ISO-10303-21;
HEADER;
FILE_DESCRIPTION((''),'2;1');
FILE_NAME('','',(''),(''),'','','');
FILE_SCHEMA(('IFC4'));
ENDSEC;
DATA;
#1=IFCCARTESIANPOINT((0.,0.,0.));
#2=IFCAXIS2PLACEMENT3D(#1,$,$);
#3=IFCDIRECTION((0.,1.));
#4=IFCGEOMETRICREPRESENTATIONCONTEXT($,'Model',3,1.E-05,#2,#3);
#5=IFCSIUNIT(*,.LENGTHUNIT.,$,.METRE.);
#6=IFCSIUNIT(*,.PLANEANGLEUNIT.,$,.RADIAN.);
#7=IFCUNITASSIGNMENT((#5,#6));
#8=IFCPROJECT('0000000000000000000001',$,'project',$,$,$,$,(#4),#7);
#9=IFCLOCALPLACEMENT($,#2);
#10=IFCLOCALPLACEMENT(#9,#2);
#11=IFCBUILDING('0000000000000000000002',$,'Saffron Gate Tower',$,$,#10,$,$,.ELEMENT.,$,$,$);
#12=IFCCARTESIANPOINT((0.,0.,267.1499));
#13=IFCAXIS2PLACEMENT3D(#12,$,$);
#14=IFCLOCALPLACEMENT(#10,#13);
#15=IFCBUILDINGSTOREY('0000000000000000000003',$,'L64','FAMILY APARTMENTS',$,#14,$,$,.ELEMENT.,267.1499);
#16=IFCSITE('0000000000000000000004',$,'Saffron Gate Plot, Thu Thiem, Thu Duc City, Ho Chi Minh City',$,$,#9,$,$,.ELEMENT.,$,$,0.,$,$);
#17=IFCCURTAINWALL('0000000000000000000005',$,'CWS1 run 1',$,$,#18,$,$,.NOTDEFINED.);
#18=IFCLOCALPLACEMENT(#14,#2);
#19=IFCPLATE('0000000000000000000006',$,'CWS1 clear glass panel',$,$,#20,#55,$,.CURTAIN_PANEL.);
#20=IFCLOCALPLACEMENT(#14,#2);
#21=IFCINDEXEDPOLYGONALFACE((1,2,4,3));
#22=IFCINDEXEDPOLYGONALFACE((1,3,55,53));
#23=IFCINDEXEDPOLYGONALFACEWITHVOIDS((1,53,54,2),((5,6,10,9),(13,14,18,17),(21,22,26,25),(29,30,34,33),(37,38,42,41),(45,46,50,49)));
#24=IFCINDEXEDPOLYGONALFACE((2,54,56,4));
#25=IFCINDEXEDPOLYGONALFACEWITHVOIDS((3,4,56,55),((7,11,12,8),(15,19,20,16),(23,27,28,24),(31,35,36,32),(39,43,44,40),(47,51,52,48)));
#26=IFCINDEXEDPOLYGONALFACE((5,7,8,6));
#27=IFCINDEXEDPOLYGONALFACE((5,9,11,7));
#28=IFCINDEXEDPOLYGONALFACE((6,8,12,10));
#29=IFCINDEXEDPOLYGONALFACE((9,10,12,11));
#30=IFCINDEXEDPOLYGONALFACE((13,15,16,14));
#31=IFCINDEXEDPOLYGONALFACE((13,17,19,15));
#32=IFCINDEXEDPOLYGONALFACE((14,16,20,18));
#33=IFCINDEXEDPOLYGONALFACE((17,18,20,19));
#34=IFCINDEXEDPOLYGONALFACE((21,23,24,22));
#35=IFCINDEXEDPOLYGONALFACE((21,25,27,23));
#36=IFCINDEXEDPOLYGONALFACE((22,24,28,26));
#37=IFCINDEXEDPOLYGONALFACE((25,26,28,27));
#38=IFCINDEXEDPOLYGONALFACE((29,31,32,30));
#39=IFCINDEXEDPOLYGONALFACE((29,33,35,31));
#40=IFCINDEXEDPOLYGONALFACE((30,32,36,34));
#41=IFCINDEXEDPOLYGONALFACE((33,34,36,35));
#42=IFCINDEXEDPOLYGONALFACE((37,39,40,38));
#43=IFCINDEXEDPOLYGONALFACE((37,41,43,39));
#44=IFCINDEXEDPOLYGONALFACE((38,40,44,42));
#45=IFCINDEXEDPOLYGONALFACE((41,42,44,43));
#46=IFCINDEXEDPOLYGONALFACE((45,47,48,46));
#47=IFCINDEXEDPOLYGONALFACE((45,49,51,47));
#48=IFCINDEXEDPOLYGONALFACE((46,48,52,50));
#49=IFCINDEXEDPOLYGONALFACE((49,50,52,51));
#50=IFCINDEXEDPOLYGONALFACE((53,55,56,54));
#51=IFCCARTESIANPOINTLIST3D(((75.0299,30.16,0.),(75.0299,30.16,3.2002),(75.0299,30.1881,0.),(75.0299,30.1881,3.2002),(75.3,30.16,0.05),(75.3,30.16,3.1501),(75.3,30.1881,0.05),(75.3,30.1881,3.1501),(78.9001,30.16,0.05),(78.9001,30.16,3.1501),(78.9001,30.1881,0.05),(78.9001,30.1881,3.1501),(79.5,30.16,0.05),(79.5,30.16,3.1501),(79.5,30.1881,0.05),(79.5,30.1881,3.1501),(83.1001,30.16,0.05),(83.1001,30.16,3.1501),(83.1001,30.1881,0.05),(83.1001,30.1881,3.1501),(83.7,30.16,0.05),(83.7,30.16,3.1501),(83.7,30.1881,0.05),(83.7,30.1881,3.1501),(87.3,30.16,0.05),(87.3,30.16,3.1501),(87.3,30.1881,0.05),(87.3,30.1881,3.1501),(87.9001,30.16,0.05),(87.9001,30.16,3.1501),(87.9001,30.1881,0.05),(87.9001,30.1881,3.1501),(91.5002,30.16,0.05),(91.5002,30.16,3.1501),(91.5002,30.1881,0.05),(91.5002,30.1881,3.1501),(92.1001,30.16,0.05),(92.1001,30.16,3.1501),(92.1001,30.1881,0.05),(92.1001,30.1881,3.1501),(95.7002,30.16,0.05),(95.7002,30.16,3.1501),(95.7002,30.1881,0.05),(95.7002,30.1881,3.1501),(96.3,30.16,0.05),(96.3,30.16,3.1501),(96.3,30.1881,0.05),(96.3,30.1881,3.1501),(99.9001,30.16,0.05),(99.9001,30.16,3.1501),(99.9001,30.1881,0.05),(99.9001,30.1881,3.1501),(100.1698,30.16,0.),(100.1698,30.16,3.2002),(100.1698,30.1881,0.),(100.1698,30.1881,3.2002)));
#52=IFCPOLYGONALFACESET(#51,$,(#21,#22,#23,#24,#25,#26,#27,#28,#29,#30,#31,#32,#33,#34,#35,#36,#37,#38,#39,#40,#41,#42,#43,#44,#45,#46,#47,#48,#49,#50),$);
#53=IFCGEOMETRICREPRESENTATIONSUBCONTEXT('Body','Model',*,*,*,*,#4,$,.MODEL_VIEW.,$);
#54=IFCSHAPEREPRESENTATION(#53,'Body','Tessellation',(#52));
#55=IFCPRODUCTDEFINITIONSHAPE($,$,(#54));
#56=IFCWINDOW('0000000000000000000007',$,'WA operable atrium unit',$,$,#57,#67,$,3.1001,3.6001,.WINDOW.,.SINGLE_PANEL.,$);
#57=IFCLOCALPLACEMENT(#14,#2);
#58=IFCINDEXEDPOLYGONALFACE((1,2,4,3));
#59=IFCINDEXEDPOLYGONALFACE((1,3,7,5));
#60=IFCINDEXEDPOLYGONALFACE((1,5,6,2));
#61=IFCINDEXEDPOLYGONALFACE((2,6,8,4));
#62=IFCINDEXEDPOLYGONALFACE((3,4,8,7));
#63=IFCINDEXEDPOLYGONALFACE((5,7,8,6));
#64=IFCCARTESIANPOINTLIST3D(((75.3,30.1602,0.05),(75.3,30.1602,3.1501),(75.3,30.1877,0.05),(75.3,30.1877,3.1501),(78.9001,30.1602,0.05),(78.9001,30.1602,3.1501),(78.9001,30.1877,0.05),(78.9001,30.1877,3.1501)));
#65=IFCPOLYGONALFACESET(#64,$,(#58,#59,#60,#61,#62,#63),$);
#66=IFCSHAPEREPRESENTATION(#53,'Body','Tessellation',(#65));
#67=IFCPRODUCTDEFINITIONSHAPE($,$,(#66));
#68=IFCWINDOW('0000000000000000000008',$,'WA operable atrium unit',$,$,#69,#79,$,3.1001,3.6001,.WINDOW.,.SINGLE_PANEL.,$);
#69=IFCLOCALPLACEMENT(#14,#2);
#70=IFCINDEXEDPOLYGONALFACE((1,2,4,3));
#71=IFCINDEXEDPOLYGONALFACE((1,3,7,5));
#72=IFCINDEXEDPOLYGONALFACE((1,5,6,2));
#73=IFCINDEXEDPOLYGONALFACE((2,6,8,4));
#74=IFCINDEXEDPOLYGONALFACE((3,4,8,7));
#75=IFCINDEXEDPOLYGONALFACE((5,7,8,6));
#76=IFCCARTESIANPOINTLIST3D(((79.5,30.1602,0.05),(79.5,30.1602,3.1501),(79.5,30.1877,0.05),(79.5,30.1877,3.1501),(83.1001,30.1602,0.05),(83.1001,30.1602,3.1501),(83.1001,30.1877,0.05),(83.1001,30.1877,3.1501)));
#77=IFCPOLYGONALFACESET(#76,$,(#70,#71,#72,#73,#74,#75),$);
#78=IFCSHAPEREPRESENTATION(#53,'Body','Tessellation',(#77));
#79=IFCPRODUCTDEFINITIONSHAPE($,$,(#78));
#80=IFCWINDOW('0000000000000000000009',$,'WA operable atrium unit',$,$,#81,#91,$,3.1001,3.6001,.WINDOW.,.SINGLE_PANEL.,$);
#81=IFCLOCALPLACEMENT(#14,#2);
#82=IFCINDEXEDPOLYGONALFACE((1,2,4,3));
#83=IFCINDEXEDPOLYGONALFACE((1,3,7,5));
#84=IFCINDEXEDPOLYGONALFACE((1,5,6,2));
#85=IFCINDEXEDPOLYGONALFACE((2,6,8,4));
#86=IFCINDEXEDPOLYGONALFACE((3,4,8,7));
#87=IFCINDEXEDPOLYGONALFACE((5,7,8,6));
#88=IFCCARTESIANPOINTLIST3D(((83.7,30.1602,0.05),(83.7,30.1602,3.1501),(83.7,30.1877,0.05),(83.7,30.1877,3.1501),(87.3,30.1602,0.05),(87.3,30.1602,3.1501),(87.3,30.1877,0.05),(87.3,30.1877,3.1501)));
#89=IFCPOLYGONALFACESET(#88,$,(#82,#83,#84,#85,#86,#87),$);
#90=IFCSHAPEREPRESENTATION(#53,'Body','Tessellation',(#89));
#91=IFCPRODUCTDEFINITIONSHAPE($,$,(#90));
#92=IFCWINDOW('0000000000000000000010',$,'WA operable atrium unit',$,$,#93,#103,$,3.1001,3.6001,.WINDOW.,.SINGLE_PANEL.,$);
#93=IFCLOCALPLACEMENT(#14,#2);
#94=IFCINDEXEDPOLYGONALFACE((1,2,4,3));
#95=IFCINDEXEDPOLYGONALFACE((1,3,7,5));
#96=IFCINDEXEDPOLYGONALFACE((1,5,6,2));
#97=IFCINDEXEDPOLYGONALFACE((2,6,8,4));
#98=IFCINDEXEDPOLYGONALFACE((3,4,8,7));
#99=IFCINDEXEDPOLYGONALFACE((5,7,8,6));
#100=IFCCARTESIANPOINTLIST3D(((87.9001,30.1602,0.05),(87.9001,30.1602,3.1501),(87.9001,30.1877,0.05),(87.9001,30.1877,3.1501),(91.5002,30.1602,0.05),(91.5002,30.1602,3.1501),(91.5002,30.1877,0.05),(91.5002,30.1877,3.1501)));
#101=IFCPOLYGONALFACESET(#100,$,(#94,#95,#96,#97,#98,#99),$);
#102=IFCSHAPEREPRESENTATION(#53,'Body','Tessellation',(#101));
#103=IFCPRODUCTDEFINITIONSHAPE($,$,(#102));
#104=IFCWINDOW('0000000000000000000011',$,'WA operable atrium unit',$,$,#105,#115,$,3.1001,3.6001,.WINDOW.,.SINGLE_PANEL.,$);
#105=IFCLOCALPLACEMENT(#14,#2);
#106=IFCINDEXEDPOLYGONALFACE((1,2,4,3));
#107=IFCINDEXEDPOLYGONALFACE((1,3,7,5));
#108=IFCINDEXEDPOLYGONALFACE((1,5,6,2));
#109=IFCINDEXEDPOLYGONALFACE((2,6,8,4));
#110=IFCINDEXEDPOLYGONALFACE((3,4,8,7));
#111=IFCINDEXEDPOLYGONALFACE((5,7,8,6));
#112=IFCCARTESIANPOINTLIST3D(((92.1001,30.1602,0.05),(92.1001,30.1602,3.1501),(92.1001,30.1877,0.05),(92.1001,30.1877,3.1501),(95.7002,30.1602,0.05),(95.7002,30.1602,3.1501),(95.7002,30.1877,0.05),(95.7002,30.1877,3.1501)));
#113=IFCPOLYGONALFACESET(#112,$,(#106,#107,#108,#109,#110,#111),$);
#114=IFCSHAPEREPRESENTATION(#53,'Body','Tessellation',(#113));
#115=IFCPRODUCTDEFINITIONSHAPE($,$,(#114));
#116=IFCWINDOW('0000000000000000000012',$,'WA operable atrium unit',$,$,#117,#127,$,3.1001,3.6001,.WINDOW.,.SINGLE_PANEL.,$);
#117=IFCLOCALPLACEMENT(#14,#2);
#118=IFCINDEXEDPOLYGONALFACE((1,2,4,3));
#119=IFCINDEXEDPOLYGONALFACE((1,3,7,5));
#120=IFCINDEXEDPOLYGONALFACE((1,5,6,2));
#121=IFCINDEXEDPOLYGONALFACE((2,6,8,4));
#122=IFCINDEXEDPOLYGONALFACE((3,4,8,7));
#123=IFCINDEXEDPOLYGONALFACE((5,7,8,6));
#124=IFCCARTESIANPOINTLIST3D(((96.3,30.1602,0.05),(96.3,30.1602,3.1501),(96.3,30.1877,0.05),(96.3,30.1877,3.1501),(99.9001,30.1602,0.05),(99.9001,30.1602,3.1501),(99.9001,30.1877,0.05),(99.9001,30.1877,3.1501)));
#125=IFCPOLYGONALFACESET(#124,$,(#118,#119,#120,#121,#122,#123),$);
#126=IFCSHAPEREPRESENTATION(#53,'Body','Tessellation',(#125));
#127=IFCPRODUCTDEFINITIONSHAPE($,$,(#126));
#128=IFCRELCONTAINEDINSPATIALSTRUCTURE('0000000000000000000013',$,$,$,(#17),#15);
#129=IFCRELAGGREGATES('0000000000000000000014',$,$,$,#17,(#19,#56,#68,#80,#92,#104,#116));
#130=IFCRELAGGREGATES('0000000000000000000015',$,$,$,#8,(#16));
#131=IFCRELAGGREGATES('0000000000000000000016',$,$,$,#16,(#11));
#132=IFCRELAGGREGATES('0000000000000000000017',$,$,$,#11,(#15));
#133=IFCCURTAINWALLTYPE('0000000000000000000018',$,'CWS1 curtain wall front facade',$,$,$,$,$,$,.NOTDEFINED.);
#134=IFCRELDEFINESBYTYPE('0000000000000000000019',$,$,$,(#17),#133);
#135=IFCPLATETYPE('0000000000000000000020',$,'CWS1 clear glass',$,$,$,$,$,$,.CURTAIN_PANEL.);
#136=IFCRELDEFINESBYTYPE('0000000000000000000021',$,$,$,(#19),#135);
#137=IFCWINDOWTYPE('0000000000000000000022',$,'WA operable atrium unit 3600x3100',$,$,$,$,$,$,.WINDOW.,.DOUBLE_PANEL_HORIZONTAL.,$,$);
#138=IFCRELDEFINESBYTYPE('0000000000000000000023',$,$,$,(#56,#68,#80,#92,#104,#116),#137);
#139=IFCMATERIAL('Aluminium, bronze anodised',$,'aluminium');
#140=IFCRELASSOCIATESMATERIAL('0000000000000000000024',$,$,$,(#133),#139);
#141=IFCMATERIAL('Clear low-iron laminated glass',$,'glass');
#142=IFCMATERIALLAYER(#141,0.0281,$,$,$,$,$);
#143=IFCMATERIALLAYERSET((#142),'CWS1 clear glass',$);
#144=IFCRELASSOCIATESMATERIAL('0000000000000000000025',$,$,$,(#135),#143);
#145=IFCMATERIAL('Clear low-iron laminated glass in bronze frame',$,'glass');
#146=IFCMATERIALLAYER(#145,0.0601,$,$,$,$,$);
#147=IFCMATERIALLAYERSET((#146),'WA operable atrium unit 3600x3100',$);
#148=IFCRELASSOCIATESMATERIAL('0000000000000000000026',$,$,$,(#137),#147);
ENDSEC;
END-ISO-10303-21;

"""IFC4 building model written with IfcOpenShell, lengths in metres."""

from ifc_helpers import new_model, si_unit, direction, frame, frame_2d, origin, place, context, subcontext, project, spatial, rectangle, extrude, material, layer, layer_set, type_object, element, fill, aggregate, save


model = new_model("IFC4")

# Units and contexts
model_context = context("Model", 3, precision=1e-05, world=origin(), true_north=direction((0.0, 1.0)))
body_context = subcontext(model_context, "Body", "Model", "MODEL_VIEW")
ifc_project = project(units=[si_unit("LENGTHUNIT", "METRE"), si_unit("PLANEANGLEUNIT", "RADIAN")], contexts=[model_context])

# Site, building, storey
site_placement = place(None, origin())
site = spatial("IfcSite", under=ifc_project, at=site_placement, Name="Saffron Gate Plot, Thu Thiem, Thu Duc City, Ho Chi Minh City", CompositionType="ELEMENT", RefElevation=0.0)
building_placement = place(site_placement, origin())
building = spatial("IfcBuilding", under=site, at=building_placement, Name="Saffron Gate Tower", CompositionType="ELEMENT")
storey_placement = place(building_placement, frame((0.0, 0.0, 267.1499)))
storey = spatial("IfcBuildingStorey", under=building, at=storey_placement, Name="L64", Description="FAMILY APARTMENTS", CompositionType="ELEMENT", Elevation=267.1499)

# Curtain wall, plate, openings, windows
ifc_material_1 = material(Name="Aluminium, bronze anodised", Category="aluminium")
curtain_wall_type = type_object("IfcCurtainWallType", Name="CWS1 curtain wall front facade", PredefinedType="NOTDEFINED", material=ifc_material_1)
curtain_wall_placement = place(storey_placement, origin())
curtain_wall = element("IfcCurtainWall", 1, at=curtain_wall_placement, inside=storey, type_object=curtain_wall_type, Name="CWS1 run 1", PredefinedType="NOTDEFINED")
ifc_material_2 = material(Name="Clear low-iron laminated glass", Category="glass")
ifc_layer_1 = layer(ifc_material_2, 0.0281)
ifc_layer_set_1 = layer_set([ifc_layer_1], Name="CWS1 clear glass")
plate_type = type_object("IfcPlateType", Name="CWS1 clear glass", PredefinedType="CURTAIN_PANEL", material=ifc_layer_set_1)
plate_placement = place(storey_placement, frame((75.03, 30.1741, 0.0), z_axis=(0.0, 0.0, 1.0), x_axis=(1.0, 0.0, 0.0)))
plate = element("IfcPlate", 2, at=plate_placement, type_object=plate_type, Name="CWS1 clear glass panel", PredefinedType="CURTAIN_PANEL", context=body_context, shape_type="SweptSolid", body=[
    extrude(rectangle(XDim=25.1399, YDim=0.0281, at=frame_2d((12.5698, 0.0))), origin(), (0.0, 0.0, 1.0), 3.2002),
])
opening_1_placement = place(plate_placement, frame((0.27, 0.0, 0.05)))
opening_1 = element("IfcOpeningElement", 3, at=opening_1_placement, cuts=plate, PredefinedType="OPENING", context=body_context, shape_type="SweptSolid", body=[
    extrude(rectangle(XDim=3.6001, YDim=3.1001, at=frame_2d((1.8, 1.55))), frame((0.0, 0.0239, 0.0), z_axis=(0.0, -1.0, 0.0), x_axis=(1.0, 0.0, 0.0)), (0.0, 0.0, 1.0), 0.0481),
])
opening_2_placement = place(plate_placement, frame((4.47, 0.0, 0.05)))
opening_2 = element("IfcOpeningElement", 4, at=opening_2_placement, cuts=plate, PredefinedType="OPENING", context=body_context, shape_type="SweptSolid", body=[
    extrude(rectangle(XDim=3.6001, YDim=3.1001, at=frame_2d((1.8, 1.55))), frame((0.0, 0.0239, 0.0), z_axis=(0.0, -1.0, 0.0), x_axis=(1.0, 0.0, 0.0)), (0.0, 0.0, 1.0), 0.0481),
])
opening_3_placement = place(plate_placement, frame((8.6699, 0.0, 0.05)))
opening_3 = element("IfcOpeningElement", 5, at=opening_3_placement, cuts=plate, PredefinedType="OPENING", context=body_context, shape_type="SweptSolid", body=[
    extrude(rectangle(XDim=3.6001, YDim=3.1001, at=frame_2d((1.8, 1.55))), frame((0.0, 0.0239, 0.0), z_axis=(0.0, -1.0, 0.0), x_axis=(1.0, 0.0, 0.0)), (0.0, 0.0, 1.0), 0.0481),
])
opening_4_placement = place(plate_placement, frame((12.8701, 0.0, 0.05)))
opening_4 = element("IfcOpeningElement", 6, at=opening_4_placement, cuts=plate, PredefinedType="OPENING", context=body_context, shape_type="SweptSolid", body=[
    extrude(rectangle(XDim=3.6001, YDim=3.1001, at=frame_2d((1.8, 1.55))), frame((0.0, 0.0239, 0.0), z_axis=(0.0, -1.0, 0.0), x_axis=(1.0, 0.0, 0.0)), (0.0, 0.0, 1.0), 0.0481),
])
opening_5_placement = place(plate_placement, frame((17.0701, 0.0, 0.05)))
opening_5 = element("IfcOpeningElement", 7, at=opening_5_placement, cuts=plate, PredefinedType="OPENING", context=body_context, shape_type="SweptSolid", body=[
    extrude(rectangle(XDim=3.6001, YDim=3.1001, at=frame_2d((1.8, 1.55))), frame((0.0, 0.0239, 0.0), z_axis=(0.0, -1.0, 0.0), x_axis=(1.0, 0.0, 0.0)), (0.0, 0.0, 1.0), 0.0481),
])
opening_6_placement = place(plate_placement, frame((21.27, 0.0, 0.05)))
opening_6 = element("IfcOpeningElement", 8, at=opening_6_placement, cuts=plate, PredefinedType="OPENING", context=body_context, shape_type="SweptSolid", body=[
    extrude(rectangle(XDim=3.6001, YDim=3.1001, at=frame_2d((1.8, 1.55))), frame((0.0, 0.0239, 0.0), z_axis=(0.0, -1.0, 0.0), x_axis=(1.0, 0.0, 0.0)), (0.0, 0.0, 1.0), 0.0481),
])
ifc_material_3 = material(Name="Clear low-iron laminated glass in bronze frame", Category="glass")
ifc_layer_2 = layer(ifc_material_3, 0.0601)
ifc_layer_set_2 = layer_set([ifc_layer_2], Name="WA operable atrium unit 3600x3100")
window_type = type_object("IfcWindowType", Name="WA operable atrium unit 3600x3100", PartitioningType="DOUBLE_PANEL_HORIZONTAL", PredefinedType="WINDOW", material=ifc_layer_set_2)
window_1_placement = place(opening_1_placement, origin())
window_1 = element("IfcWindow", 9, at=window_1_placement, type_object=window_type, Name="WA operable atrium unit", OverallHeight=3.1001, OverallWidth=3.6001, PartitioningType="SINGLE_PANEL", PredefinedType="WINDOW", context=body_context, shape_type="SweptSolid", body=[
    extrude(rectangle(XDim=3.6001, YDim=3.1001, at=frame_2d((1.8, 1.55))), frame((0.0, 0.0137, 0.0), z_axis=(0.0, -1.0, 0.0), x_axis=(1.0, 0.0, 0.0)), (0.0, 0.0, 1.0), 0.0276),
])
fill(opening_1, window_1)
window_2_placement = place(opening_2_placement, origin())
window_2 = element("IfcWindow", 10, at=window_2_placement, type_object=window_type, Name="WA operable atrium unit", OverallHeight=3.1001, OverallWidth=3.6001, PartitioningType="SINGLE_PANEL", PredefinedType="WINDOW", context=body_context, shape_type="SweptSolid", body=[
    extrude(rectangle(XDim=3.6001, YDim=3.1001, at=frame_2d((1.8, 1.55))), frame((0.0, 0.0137, 0.0), z_axis=(0.0, -1.0, 0.0), x_axis=(1.0, 0.0, 0.0)), (0.0, 0.0, 1.0), 0.0276),
])
fill(opening_2, window_2)
window_3_placement = place(opening_3_placement, origin())
window_3 = element("IfcWindow", 11, at=window_3_placement, type_object=window_type, Name="WA operable atrium unit", OverallHeight=3.1001, OverallWidth=3.6001, PartitioningType="SINGLE_PANEL", PredefinedType="WINDOW", context=body_context, shape_type="SweptSolid", body=[
    extrude(rectangle(XDim=3.6001, YDim=3.1001, at=frame_2d((1.8, 1.55))), frame((0.0, 0.0137, 0.0), z_axis=(0.0, -1.0, 0.0), x_axis=(1.0, 0.0, 0.0)), (0.0, 0.0, 1.0), 0.0276),
])
fill(opening_3, window_3)
window_4_placement = place(opening_4_placement, origin())
window_4 = element("IfcWindow", 12, at=window_4_placement, type_object=window_type, Name="WA operable atrium unit", OverallHeight=3.1001, OverallWidth=3.6001, PartitioningType="SINGLE_PANEL", PredefinedType="WINDOW", context=body_context, shape_type="SweptSolid", body=[
    extrude(rectangle(XDim=3.6001, YDim=3.1001, at=frame_2d((1.8, 1.55))), frame((0.0, 0.0137, 0.0), z_axis=(0.0, -1.0, 0.0), x_axis=(1.0, 0.0, 0.0)), (0.0, 0.0, 1.0), 0.0276),
])
fill(opening_4, window_4)
window_5_placement = place(opening_5_placement, origin())
window_5 = element("IfcWindow", 13, at=window_5_placement, type_object=window_type, Name="WA operable atrium unit", OverallHeight=3.1001, OverallWidth=3.6001, PartitioningType="SINGLE_PANEL", PredefinedType="WINDOW", context=body_context, shape_type="SweptSolid", body=[
    extrude(rectangle(XDim=3.6001, YDim=3.1001, at=frame_2d((1.8, 1.55))), frame((0.0, 0.0137, 0.0), z_axis=(0.0, -1.0, 0.0), x_axis=(1.0, 0.0, 0.0)), (0.0, 0.0, 1.0), 0.0276),
])
fill(opening_5, window_5)
window_6_placement = place(opening_6_placement, origin())
window_6 = element("IfcWindow", 14, at=window_6_placement, type_object=window_type, Name="WA operable atrium unit", OverallHeight=3.1001, OverallWidth=3.6001, PartitioningType="SINGLE_PANEL", PredefinedType="WINDOW", context=body_context, shape_type="SweptSolid", body=[
    extrude(rectangle(XDim=3.6001, YDim=3.1001, at=frame_2d((1.8, 1.55))), frame((0.0, 0.0137, 0.0), z_axis=(0.0, -1.0, 0.0), x_axis=(1.0, 0.0, 0.0)), (0.0, 0.0, 1.0), 0.0276),
])
fill(opening_6, window_6)
aggregate(curtain_wall, [plate, window_1, window_2, window_3, window_4, window_5, window_6])

save(model, "model.ifc")
